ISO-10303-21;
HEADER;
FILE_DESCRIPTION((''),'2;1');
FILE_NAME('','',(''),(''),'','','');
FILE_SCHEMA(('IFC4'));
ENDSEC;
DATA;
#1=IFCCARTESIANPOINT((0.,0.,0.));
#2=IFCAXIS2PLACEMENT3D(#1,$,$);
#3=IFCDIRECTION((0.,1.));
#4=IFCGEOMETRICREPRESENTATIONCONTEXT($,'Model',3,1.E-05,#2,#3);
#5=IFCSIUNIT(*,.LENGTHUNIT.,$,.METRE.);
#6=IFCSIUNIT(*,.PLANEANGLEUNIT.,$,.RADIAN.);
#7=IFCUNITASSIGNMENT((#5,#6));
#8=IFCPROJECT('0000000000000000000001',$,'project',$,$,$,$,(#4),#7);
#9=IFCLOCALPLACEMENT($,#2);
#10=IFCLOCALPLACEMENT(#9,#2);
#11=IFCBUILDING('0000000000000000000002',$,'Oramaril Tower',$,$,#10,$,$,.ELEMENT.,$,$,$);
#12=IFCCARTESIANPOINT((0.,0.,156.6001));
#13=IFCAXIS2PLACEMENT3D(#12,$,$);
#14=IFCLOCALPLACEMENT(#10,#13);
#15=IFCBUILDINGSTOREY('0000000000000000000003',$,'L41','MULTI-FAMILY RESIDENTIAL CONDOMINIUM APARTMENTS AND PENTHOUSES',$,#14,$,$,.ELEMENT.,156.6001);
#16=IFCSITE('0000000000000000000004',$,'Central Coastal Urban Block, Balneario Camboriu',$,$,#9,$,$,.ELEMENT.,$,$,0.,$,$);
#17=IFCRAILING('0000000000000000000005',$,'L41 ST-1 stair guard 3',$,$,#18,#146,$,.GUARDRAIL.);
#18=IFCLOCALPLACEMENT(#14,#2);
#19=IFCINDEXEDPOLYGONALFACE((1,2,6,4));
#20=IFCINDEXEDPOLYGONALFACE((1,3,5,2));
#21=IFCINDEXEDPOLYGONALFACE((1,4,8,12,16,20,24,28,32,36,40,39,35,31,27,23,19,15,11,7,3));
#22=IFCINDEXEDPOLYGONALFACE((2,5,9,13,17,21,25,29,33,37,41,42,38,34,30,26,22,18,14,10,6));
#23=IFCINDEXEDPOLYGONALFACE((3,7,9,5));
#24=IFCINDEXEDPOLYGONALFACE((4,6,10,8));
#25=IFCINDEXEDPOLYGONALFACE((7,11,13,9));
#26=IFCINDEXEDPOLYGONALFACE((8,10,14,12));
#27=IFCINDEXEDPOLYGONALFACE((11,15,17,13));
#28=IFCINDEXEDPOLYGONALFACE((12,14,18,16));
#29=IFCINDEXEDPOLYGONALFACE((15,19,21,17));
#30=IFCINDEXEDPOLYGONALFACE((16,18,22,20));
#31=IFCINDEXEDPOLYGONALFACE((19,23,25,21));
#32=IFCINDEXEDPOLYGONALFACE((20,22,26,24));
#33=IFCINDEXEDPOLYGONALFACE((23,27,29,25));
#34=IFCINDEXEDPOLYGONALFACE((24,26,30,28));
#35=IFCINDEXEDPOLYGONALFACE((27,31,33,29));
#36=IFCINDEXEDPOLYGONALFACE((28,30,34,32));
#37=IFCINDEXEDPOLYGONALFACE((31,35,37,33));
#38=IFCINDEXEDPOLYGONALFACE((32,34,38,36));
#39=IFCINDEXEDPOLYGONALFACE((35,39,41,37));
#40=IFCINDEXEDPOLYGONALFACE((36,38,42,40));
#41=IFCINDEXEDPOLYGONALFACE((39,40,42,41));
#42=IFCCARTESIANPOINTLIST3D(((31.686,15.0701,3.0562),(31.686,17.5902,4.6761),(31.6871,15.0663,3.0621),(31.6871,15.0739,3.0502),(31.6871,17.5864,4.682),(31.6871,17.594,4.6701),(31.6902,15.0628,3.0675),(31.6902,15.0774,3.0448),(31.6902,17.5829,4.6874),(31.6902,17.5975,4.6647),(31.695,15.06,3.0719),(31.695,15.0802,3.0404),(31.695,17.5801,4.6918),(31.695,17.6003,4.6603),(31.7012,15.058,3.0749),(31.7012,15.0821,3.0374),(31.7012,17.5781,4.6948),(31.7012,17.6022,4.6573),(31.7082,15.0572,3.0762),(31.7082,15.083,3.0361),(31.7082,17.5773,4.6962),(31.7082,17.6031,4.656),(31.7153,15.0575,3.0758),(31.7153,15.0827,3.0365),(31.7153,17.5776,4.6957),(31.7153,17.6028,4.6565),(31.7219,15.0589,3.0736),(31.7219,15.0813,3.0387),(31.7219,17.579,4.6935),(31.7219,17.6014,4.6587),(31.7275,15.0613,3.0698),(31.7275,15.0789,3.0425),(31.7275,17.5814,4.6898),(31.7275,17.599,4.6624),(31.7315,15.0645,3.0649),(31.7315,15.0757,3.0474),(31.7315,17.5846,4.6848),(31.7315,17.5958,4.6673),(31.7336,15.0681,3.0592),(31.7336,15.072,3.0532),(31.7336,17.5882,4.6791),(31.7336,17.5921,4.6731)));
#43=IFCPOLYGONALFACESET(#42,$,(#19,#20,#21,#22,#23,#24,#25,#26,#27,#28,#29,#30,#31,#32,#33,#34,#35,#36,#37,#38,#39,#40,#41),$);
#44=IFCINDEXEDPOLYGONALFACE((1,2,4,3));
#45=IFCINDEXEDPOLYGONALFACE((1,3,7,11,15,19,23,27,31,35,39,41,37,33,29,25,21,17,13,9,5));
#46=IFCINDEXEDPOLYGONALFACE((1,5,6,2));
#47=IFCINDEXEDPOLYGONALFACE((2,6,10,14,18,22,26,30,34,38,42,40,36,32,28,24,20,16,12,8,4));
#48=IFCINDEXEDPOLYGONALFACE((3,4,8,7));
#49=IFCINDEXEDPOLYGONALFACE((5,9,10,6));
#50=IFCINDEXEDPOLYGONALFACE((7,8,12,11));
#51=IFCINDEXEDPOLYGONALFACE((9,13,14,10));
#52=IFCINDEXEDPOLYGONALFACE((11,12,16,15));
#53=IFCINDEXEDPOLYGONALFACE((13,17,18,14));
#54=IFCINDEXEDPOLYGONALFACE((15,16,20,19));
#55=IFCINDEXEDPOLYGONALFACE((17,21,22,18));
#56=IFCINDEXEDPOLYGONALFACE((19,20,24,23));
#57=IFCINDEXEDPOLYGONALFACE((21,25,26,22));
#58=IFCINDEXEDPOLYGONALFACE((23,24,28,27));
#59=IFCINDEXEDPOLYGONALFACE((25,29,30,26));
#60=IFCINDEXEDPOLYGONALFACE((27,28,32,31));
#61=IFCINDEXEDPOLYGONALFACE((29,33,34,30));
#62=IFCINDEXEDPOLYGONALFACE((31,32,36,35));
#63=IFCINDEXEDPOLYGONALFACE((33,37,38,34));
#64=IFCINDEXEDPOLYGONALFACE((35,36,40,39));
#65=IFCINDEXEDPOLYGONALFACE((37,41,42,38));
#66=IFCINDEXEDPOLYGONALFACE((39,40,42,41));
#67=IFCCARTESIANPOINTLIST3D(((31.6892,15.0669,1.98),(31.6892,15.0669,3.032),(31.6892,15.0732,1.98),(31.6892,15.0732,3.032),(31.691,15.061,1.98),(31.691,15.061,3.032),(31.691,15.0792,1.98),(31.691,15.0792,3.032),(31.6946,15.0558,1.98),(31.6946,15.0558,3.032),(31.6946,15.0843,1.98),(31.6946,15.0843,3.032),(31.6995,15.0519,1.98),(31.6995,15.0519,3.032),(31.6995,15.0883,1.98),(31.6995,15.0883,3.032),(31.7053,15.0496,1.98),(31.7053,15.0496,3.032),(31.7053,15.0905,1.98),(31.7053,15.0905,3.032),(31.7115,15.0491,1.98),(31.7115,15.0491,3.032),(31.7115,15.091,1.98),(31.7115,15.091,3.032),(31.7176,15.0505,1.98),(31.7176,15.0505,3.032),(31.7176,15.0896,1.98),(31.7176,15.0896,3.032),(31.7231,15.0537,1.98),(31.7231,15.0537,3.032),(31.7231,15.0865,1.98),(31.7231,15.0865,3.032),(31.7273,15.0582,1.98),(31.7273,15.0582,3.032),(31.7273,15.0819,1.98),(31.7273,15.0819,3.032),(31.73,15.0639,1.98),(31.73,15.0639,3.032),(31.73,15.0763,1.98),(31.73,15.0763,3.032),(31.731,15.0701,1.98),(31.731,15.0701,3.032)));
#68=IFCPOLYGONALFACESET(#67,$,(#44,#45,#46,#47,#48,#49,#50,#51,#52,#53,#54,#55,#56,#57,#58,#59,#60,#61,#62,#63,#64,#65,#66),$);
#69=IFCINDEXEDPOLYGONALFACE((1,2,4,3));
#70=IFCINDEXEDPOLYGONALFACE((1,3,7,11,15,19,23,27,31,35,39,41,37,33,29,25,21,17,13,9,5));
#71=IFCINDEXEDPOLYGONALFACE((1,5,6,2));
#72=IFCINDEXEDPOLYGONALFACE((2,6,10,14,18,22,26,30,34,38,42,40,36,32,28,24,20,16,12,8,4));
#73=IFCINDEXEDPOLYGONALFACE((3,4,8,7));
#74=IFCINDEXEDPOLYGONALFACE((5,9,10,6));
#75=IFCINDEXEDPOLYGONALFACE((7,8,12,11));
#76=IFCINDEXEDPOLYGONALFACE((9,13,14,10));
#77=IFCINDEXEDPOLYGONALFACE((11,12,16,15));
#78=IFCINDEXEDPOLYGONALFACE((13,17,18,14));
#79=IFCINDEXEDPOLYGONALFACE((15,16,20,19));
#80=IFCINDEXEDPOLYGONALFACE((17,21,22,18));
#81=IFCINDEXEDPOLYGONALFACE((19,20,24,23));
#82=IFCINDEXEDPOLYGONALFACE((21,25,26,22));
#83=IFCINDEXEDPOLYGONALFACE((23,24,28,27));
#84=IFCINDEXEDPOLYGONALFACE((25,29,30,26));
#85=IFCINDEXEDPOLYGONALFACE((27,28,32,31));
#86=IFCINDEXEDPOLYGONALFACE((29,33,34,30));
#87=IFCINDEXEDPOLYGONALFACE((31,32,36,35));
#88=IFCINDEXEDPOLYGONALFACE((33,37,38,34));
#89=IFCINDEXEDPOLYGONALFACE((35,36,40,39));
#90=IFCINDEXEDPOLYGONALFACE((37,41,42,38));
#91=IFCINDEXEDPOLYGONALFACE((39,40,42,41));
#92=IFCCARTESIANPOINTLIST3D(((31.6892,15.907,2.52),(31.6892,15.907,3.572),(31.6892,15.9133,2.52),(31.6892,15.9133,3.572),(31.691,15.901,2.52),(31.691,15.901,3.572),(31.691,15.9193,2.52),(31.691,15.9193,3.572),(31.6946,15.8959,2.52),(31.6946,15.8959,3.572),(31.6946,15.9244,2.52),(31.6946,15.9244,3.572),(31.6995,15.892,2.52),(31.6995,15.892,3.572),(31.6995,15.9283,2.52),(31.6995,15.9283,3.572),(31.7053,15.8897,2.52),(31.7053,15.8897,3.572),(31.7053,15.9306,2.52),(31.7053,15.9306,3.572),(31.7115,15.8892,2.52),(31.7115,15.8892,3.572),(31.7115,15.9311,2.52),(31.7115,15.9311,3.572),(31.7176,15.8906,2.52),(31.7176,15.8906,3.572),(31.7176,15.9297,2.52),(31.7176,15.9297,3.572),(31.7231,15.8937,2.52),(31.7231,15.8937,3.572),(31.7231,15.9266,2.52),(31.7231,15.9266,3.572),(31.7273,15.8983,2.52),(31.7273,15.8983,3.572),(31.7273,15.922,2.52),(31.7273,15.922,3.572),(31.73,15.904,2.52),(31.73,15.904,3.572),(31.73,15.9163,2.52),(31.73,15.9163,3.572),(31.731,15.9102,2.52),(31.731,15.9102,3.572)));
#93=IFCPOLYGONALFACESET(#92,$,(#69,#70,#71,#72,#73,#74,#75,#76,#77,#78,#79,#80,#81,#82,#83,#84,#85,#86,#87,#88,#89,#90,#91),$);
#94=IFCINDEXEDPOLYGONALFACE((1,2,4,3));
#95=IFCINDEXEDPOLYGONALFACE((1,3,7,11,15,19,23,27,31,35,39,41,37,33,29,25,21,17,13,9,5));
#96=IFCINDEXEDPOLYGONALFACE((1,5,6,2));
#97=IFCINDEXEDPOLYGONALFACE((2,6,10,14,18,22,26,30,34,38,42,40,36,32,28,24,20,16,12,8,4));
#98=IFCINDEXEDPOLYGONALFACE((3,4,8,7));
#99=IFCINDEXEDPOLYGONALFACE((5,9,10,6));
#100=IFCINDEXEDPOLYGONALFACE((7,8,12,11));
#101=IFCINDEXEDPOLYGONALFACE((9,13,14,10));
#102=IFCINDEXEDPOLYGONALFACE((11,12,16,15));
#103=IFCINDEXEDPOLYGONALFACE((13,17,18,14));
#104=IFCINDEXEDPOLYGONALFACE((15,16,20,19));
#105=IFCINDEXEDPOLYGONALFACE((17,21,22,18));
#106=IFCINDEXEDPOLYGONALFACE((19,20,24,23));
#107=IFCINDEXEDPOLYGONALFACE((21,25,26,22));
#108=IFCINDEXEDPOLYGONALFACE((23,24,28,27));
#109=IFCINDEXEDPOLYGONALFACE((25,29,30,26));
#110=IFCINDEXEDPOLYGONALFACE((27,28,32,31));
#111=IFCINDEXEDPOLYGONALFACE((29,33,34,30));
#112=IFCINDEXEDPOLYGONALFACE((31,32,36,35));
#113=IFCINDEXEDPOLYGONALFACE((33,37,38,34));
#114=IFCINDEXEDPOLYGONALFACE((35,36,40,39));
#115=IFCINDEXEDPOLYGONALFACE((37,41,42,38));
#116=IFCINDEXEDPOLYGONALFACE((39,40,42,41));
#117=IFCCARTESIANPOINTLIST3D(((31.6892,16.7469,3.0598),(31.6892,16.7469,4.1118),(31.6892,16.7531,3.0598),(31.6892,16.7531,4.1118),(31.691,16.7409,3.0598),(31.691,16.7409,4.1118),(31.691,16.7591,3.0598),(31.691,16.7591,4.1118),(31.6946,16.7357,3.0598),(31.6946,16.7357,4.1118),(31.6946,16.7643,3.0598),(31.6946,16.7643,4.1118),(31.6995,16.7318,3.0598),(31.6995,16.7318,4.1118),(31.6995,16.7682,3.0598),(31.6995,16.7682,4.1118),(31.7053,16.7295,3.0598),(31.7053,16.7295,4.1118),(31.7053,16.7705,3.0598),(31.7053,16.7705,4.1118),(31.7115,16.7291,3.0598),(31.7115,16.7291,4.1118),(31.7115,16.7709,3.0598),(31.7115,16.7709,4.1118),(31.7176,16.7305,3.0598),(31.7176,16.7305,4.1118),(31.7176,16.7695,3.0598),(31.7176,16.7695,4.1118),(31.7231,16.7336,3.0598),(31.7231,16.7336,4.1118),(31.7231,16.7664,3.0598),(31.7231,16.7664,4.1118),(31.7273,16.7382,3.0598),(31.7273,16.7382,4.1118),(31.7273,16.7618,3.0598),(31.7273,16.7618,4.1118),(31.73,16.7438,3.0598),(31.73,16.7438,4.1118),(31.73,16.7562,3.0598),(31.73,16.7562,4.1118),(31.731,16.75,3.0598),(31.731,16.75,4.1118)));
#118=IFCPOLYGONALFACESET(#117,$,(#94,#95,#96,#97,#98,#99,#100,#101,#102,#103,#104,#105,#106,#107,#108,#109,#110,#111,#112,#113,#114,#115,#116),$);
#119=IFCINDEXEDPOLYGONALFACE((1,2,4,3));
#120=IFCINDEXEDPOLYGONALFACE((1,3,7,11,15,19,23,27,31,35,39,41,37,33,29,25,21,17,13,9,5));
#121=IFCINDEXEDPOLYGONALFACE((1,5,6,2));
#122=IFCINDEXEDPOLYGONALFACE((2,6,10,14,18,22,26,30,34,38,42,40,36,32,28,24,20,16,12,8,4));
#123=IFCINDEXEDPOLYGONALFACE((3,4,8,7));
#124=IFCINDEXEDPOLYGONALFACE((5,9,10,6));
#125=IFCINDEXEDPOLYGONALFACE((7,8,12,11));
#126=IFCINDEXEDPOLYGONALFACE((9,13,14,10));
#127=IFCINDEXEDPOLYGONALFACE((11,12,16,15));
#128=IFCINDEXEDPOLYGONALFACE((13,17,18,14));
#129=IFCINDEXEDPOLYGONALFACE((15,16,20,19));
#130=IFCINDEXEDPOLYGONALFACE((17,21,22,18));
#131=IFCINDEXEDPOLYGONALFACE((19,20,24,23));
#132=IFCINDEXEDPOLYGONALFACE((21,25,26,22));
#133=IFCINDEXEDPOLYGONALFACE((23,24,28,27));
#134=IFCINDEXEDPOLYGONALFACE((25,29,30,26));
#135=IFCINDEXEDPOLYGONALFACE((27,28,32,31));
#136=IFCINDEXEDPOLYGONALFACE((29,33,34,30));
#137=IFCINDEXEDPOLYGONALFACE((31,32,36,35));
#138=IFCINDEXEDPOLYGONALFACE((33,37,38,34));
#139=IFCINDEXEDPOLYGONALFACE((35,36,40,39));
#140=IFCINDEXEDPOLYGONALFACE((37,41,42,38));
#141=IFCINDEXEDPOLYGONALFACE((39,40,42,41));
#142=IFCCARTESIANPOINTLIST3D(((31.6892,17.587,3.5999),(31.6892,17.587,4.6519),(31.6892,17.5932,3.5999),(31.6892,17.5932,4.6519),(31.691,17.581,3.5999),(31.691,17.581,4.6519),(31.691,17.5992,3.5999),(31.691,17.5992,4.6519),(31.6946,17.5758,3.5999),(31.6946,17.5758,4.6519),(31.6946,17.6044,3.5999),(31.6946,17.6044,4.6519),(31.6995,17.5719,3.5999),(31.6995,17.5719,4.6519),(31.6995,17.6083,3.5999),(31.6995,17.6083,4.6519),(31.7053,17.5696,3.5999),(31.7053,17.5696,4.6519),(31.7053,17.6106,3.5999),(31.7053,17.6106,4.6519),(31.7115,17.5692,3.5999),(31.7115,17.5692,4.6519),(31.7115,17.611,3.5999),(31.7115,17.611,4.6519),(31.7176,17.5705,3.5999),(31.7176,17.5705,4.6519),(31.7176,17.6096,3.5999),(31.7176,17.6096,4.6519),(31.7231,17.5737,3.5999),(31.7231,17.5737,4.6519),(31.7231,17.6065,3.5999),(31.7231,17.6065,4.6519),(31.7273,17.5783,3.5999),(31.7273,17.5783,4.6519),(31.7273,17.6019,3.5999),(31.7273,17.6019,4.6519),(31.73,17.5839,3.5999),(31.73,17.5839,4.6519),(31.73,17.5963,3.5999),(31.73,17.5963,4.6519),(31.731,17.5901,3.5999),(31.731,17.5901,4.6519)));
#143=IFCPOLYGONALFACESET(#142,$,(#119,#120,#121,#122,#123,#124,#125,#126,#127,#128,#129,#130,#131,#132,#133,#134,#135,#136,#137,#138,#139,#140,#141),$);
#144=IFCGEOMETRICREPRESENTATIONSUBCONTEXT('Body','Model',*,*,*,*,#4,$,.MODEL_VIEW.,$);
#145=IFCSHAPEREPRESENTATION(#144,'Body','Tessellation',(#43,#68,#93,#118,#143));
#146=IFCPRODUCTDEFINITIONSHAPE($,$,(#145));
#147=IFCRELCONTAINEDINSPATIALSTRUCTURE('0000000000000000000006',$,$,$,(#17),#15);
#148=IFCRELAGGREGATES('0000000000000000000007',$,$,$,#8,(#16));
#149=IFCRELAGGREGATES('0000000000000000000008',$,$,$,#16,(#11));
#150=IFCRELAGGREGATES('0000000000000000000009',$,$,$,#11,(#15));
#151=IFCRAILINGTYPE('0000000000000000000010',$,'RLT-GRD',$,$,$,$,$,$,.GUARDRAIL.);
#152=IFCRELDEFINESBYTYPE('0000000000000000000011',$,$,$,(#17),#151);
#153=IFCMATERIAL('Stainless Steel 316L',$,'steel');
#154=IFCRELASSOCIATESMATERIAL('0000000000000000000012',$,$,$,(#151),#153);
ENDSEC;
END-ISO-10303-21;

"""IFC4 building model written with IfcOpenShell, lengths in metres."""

from ifc_helpers import new_model, si_unit, direction, frame, origin, origin_2d, place, context, subcontext, project, spatial, circle, extrude, material, type_object, element, save


model = new_model("IFC4")

# Units and contexts
model_context = context("Model", 3, precision=1e-05, world=origin(), true_north=direction((0.0, 1.0)))
body_context = subcontext(model_context, "Body", "Model", "MODEL_VIEW")
ifc_project = project(units=[si_unit("LENGTHUNIT", "METRE"), si_unit("PLANEANGLEUNIT", "RADIAN")], contexts=[model_context])

# Site, building, storey
site_placement = place(None, origin())
site = spatial("IfcSite", under=ifc_project, at=site_placement, Name="Central Coastal Urban Block, Balneario Camboriu", CompositionType="ELEMENT", RefElevation=0.0)
building_placement = place(site_placement, origin())
building = spatial("IfcBuilding", under=site, at=building_placement, Name="Oramaril Tower", CompositionType="ELEMENT")
storey_placement = place(building_placement, frame((0.0, 0.0, 156.6001)))
storey = spatial("IfcBuildingStorey", under=building, at=storey_placement, Name="L41", Description="MULTI-FAMILY RESIDENTIAL CONDOMINIUM APARTMENTS AND PENTHOUSES", CompositionType="ELEMENT", Elevation=156.6001)

# Railing
ifc_material_1 = material(Name="Stainless Steel 316L", Category="steel")
railing_type_1 = type_object("IfcRailingType", Name="RLT-GRD", PredefinedType="GUARDRAIL", material=ifc_material_1)
railing_1_placement = place(storey_placement, frame((31.71, 15.0701, 1.98)))
element("IfcRailing", 1, at=railing_1_placement, inside=storey, type_object=railing_type_1, Name="L41 ST-1 stair guard 3", PredefinedType="GUARDRAIL", context=body_context, shape_type="SweptSolid", body=[
    extrude(circle(Radius=0.0239, at=origin_2d()), frame((0.0, 0.0, 1.0762), z_axis=(0.0, 0.8412, 0.540725), x_axis=(-1.0, 0.0, 0.0)), (0.0, 0.0, 1.0), 2.9958),
    extrude(circle(Radius=0.021, at=origin_2d()), origin(), (0.0, 0.0, 1.0), 1.052),
    extrude(circle(Radius=0.021, at=origin_2d()), frame((0.0, 0.8401, 0.54)), (0.0, 0.0, 1.0), 1.052),
    extrude(circle(Radius=0.021, at=origin_2d()), frame((0.0, 1.6799, 1.0798)), (0.0, 0.0, 1.0), 1.052),
    extrude(circle(Radius=0.021, at=origin_2d()), frame((0.0, 2.52, 1.6199)), (0.0, 0.0, 1.0), 1.052),
])

save(model, "model.ifc")
